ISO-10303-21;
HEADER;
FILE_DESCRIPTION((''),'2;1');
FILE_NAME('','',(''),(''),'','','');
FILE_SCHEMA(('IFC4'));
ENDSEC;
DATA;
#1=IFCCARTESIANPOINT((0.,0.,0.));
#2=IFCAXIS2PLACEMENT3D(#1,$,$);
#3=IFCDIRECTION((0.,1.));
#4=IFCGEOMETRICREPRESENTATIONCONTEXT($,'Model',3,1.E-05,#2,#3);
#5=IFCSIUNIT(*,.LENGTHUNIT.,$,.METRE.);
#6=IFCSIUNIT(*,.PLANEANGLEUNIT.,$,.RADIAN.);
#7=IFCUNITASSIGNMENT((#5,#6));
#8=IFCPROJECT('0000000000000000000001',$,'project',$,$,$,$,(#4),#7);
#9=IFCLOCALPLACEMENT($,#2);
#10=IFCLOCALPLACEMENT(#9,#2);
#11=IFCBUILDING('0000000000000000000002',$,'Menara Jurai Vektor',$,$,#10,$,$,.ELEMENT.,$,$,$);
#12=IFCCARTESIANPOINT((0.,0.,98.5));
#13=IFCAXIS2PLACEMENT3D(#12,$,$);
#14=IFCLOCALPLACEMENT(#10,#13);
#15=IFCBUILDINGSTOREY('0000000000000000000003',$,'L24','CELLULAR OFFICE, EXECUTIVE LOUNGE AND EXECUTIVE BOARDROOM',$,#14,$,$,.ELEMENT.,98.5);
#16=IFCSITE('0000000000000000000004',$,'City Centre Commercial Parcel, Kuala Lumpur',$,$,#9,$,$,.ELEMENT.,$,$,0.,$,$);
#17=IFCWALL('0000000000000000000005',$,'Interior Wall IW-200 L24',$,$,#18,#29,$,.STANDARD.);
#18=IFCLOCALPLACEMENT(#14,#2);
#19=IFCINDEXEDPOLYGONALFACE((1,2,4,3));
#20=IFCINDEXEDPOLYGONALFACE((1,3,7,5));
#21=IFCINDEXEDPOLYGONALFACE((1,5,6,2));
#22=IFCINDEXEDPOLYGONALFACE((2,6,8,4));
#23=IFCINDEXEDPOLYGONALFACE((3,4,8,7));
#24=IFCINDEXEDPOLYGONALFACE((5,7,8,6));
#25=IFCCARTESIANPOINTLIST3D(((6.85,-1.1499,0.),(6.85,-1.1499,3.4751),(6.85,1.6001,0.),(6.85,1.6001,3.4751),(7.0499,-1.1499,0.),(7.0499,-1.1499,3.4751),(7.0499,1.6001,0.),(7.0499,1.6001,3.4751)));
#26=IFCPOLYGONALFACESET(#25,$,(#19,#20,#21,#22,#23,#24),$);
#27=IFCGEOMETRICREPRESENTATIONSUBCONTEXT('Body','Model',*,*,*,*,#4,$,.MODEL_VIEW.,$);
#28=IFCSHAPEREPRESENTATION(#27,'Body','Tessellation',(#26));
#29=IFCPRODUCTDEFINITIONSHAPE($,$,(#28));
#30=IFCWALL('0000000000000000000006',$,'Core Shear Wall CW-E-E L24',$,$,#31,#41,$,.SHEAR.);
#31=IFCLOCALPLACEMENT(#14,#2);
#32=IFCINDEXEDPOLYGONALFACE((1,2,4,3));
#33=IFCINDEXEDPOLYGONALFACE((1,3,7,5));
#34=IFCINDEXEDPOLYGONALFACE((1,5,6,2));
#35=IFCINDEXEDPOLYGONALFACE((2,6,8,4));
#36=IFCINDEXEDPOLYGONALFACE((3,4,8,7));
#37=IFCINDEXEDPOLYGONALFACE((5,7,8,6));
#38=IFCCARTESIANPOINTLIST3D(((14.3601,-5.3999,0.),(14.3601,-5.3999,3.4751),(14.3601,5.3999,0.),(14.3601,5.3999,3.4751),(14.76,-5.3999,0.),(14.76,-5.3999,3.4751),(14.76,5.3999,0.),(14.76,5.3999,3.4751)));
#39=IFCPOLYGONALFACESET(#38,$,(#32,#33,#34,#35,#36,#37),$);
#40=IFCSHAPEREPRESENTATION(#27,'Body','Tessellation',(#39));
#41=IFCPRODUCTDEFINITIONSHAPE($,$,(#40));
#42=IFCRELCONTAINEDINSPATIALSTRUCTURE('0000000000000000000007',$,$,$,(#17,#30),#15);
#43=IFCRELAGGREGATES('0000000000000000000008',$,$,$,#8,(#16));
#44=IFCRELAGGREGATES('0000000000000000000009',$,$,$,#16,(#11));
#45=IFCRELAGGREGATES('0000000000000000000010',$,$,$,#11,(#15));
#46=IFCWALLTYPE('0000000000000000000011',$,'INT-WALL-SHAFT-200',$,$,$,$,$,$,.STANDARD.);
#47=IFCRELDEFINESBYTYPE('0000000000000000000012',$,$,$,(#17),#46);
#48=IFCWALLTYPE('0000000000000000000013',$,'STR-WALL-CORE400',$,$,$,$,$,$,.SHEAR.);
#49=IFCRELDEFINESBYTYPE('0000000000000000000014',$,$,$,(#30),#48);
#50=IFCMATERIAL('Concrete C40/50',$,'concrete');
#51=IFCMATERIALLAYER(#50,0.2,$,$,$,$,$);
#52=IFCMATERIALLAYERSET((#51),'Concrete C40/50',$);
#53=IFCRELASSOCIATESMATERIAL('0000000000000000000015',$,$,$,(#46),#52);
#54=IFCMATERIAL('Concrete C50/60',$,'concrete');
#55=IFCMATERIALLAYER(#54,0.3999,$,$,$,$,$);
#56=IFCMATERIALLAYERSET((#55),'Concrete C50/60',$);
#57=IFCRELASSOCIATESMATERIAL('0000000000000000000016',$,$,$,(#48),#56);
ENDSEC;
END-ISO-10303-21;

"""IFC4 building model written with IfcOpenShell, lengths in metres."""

from ifc_helpers import new_model, si_unit, direction, frame, frame_2d, origin, place, context, subcontext, project, spatial, rectangle, extrude, material, layer, layer_set, type_object, element, save


model = new_model("IFC4")

# Units and contexts
model_context = context("Model", 3, precision=1e-05, world=origin(), true_north=direction((0.0, 1.0)))
body_context = subcontext(model_context, "Body", "Model", "MODEL_VIEW")
ifc_project = project(units=[si_unit("LENGTHUNIT", "METRE"), si_unit("PLANEANGLEUNIT", "RADIAN")], contexts=[model_context])

# Site, building, storey
site_placement = place(None, origin())
site = spatial("IfcSite", under=ifc_project, at=site_placement, Name="City Centre Commercial Parcel, Kuala Lumpur", CompositionType="ELEMENT", RefElevation=0.0)
building_placement = place(site_placement, origin())
building = spatial("IfcBuilding", under=site, at=building_placement, Name="Menara Jurai Vektor", CompositionType="ELEMENT")
storey_placement = place(building_placement, frame((0.0, 0.0, 98.5)))
storey = spatial("IfcBuildingStorey", under=building, at=storey_placement, Name="L24", Description="CELLULAR OFFICE, EXECUTIVE LOUNGE AND EXECUTIVE BOARDROOM", CompositionType="ELEMENT", Elevation=98.5)

# Shared definitions
ifc_material_1 = material(Name="Concrete C50/60", Category="concrete")

# Shared definitions
ifc_material_2 = material(Name="Concrete C40/50", Category="concrete")

# Wall
ifc_layer_1 = layer(ifc_material_2, 0.2)
ifc_layer_set_1 = layer_set([ifc_layer_1], Name="Concrete C40/50")
wall_type_1 = type_object("IfcWallType", Name="INT-WALL-SHAFT-200", PredefinedType="STANDARD", material=ifc_layer_set_1)
wall_1_placement = place(storey_placement, frame((6.95, -1.1499, 0.0), z_axis=(0.0, 0.0, 1.0), x_axis=(0.0, 1.0, 0.0)))
element("IfcWall", 1, at=wall_1_placement, inside=storey, type_object=wall_type_1, Name="Interior Wall IW-200 L24", PredefinedType="STANDARD", context=body_context, shape_type="SweptSolid", body=[
    extrude(rectangle(XDim=2.75, YDim=0.2, at=frame_2d((1.375, 0.0))), origin(), (0.0, 0.0, 1.0), 3.4751),
])

# Wall
ifc_layer_2 = layer(ifc_material_1, 0.3999)
ifc_layer_set_2 = layer_set([ifc_layer_2], Name="Concrete C50/60")
wall_type_2 = type_object("IfcWallType", Name="STR-WALL-CORE400", PredefinedType="SHEAR", material=ifc_layer_set_2)
wall_2_placement = place(storey_placement, frame((14.5601, -5.3999, 0.0), z_axis=(0.0, 0.0, 1.0), x_axis=(0.0, 1.0, 0.0)))
element("IfcWall", 2, at=wall_2_placement, inside=storey, type_object=wall_type_2, Name="Core Shear Wall CW-E-E L24", PredefinedType="SHEAR", context=body_context, shape_type="SweptSolid", body=[
    extrude(rectangle(XDim=10.7998, YDim=0.3999, at=frame_2d((5.3999, 0.0))), origin(), (0.0, 0.0, 1.0), 3.4751),
])

save(model, "model.ifc")
